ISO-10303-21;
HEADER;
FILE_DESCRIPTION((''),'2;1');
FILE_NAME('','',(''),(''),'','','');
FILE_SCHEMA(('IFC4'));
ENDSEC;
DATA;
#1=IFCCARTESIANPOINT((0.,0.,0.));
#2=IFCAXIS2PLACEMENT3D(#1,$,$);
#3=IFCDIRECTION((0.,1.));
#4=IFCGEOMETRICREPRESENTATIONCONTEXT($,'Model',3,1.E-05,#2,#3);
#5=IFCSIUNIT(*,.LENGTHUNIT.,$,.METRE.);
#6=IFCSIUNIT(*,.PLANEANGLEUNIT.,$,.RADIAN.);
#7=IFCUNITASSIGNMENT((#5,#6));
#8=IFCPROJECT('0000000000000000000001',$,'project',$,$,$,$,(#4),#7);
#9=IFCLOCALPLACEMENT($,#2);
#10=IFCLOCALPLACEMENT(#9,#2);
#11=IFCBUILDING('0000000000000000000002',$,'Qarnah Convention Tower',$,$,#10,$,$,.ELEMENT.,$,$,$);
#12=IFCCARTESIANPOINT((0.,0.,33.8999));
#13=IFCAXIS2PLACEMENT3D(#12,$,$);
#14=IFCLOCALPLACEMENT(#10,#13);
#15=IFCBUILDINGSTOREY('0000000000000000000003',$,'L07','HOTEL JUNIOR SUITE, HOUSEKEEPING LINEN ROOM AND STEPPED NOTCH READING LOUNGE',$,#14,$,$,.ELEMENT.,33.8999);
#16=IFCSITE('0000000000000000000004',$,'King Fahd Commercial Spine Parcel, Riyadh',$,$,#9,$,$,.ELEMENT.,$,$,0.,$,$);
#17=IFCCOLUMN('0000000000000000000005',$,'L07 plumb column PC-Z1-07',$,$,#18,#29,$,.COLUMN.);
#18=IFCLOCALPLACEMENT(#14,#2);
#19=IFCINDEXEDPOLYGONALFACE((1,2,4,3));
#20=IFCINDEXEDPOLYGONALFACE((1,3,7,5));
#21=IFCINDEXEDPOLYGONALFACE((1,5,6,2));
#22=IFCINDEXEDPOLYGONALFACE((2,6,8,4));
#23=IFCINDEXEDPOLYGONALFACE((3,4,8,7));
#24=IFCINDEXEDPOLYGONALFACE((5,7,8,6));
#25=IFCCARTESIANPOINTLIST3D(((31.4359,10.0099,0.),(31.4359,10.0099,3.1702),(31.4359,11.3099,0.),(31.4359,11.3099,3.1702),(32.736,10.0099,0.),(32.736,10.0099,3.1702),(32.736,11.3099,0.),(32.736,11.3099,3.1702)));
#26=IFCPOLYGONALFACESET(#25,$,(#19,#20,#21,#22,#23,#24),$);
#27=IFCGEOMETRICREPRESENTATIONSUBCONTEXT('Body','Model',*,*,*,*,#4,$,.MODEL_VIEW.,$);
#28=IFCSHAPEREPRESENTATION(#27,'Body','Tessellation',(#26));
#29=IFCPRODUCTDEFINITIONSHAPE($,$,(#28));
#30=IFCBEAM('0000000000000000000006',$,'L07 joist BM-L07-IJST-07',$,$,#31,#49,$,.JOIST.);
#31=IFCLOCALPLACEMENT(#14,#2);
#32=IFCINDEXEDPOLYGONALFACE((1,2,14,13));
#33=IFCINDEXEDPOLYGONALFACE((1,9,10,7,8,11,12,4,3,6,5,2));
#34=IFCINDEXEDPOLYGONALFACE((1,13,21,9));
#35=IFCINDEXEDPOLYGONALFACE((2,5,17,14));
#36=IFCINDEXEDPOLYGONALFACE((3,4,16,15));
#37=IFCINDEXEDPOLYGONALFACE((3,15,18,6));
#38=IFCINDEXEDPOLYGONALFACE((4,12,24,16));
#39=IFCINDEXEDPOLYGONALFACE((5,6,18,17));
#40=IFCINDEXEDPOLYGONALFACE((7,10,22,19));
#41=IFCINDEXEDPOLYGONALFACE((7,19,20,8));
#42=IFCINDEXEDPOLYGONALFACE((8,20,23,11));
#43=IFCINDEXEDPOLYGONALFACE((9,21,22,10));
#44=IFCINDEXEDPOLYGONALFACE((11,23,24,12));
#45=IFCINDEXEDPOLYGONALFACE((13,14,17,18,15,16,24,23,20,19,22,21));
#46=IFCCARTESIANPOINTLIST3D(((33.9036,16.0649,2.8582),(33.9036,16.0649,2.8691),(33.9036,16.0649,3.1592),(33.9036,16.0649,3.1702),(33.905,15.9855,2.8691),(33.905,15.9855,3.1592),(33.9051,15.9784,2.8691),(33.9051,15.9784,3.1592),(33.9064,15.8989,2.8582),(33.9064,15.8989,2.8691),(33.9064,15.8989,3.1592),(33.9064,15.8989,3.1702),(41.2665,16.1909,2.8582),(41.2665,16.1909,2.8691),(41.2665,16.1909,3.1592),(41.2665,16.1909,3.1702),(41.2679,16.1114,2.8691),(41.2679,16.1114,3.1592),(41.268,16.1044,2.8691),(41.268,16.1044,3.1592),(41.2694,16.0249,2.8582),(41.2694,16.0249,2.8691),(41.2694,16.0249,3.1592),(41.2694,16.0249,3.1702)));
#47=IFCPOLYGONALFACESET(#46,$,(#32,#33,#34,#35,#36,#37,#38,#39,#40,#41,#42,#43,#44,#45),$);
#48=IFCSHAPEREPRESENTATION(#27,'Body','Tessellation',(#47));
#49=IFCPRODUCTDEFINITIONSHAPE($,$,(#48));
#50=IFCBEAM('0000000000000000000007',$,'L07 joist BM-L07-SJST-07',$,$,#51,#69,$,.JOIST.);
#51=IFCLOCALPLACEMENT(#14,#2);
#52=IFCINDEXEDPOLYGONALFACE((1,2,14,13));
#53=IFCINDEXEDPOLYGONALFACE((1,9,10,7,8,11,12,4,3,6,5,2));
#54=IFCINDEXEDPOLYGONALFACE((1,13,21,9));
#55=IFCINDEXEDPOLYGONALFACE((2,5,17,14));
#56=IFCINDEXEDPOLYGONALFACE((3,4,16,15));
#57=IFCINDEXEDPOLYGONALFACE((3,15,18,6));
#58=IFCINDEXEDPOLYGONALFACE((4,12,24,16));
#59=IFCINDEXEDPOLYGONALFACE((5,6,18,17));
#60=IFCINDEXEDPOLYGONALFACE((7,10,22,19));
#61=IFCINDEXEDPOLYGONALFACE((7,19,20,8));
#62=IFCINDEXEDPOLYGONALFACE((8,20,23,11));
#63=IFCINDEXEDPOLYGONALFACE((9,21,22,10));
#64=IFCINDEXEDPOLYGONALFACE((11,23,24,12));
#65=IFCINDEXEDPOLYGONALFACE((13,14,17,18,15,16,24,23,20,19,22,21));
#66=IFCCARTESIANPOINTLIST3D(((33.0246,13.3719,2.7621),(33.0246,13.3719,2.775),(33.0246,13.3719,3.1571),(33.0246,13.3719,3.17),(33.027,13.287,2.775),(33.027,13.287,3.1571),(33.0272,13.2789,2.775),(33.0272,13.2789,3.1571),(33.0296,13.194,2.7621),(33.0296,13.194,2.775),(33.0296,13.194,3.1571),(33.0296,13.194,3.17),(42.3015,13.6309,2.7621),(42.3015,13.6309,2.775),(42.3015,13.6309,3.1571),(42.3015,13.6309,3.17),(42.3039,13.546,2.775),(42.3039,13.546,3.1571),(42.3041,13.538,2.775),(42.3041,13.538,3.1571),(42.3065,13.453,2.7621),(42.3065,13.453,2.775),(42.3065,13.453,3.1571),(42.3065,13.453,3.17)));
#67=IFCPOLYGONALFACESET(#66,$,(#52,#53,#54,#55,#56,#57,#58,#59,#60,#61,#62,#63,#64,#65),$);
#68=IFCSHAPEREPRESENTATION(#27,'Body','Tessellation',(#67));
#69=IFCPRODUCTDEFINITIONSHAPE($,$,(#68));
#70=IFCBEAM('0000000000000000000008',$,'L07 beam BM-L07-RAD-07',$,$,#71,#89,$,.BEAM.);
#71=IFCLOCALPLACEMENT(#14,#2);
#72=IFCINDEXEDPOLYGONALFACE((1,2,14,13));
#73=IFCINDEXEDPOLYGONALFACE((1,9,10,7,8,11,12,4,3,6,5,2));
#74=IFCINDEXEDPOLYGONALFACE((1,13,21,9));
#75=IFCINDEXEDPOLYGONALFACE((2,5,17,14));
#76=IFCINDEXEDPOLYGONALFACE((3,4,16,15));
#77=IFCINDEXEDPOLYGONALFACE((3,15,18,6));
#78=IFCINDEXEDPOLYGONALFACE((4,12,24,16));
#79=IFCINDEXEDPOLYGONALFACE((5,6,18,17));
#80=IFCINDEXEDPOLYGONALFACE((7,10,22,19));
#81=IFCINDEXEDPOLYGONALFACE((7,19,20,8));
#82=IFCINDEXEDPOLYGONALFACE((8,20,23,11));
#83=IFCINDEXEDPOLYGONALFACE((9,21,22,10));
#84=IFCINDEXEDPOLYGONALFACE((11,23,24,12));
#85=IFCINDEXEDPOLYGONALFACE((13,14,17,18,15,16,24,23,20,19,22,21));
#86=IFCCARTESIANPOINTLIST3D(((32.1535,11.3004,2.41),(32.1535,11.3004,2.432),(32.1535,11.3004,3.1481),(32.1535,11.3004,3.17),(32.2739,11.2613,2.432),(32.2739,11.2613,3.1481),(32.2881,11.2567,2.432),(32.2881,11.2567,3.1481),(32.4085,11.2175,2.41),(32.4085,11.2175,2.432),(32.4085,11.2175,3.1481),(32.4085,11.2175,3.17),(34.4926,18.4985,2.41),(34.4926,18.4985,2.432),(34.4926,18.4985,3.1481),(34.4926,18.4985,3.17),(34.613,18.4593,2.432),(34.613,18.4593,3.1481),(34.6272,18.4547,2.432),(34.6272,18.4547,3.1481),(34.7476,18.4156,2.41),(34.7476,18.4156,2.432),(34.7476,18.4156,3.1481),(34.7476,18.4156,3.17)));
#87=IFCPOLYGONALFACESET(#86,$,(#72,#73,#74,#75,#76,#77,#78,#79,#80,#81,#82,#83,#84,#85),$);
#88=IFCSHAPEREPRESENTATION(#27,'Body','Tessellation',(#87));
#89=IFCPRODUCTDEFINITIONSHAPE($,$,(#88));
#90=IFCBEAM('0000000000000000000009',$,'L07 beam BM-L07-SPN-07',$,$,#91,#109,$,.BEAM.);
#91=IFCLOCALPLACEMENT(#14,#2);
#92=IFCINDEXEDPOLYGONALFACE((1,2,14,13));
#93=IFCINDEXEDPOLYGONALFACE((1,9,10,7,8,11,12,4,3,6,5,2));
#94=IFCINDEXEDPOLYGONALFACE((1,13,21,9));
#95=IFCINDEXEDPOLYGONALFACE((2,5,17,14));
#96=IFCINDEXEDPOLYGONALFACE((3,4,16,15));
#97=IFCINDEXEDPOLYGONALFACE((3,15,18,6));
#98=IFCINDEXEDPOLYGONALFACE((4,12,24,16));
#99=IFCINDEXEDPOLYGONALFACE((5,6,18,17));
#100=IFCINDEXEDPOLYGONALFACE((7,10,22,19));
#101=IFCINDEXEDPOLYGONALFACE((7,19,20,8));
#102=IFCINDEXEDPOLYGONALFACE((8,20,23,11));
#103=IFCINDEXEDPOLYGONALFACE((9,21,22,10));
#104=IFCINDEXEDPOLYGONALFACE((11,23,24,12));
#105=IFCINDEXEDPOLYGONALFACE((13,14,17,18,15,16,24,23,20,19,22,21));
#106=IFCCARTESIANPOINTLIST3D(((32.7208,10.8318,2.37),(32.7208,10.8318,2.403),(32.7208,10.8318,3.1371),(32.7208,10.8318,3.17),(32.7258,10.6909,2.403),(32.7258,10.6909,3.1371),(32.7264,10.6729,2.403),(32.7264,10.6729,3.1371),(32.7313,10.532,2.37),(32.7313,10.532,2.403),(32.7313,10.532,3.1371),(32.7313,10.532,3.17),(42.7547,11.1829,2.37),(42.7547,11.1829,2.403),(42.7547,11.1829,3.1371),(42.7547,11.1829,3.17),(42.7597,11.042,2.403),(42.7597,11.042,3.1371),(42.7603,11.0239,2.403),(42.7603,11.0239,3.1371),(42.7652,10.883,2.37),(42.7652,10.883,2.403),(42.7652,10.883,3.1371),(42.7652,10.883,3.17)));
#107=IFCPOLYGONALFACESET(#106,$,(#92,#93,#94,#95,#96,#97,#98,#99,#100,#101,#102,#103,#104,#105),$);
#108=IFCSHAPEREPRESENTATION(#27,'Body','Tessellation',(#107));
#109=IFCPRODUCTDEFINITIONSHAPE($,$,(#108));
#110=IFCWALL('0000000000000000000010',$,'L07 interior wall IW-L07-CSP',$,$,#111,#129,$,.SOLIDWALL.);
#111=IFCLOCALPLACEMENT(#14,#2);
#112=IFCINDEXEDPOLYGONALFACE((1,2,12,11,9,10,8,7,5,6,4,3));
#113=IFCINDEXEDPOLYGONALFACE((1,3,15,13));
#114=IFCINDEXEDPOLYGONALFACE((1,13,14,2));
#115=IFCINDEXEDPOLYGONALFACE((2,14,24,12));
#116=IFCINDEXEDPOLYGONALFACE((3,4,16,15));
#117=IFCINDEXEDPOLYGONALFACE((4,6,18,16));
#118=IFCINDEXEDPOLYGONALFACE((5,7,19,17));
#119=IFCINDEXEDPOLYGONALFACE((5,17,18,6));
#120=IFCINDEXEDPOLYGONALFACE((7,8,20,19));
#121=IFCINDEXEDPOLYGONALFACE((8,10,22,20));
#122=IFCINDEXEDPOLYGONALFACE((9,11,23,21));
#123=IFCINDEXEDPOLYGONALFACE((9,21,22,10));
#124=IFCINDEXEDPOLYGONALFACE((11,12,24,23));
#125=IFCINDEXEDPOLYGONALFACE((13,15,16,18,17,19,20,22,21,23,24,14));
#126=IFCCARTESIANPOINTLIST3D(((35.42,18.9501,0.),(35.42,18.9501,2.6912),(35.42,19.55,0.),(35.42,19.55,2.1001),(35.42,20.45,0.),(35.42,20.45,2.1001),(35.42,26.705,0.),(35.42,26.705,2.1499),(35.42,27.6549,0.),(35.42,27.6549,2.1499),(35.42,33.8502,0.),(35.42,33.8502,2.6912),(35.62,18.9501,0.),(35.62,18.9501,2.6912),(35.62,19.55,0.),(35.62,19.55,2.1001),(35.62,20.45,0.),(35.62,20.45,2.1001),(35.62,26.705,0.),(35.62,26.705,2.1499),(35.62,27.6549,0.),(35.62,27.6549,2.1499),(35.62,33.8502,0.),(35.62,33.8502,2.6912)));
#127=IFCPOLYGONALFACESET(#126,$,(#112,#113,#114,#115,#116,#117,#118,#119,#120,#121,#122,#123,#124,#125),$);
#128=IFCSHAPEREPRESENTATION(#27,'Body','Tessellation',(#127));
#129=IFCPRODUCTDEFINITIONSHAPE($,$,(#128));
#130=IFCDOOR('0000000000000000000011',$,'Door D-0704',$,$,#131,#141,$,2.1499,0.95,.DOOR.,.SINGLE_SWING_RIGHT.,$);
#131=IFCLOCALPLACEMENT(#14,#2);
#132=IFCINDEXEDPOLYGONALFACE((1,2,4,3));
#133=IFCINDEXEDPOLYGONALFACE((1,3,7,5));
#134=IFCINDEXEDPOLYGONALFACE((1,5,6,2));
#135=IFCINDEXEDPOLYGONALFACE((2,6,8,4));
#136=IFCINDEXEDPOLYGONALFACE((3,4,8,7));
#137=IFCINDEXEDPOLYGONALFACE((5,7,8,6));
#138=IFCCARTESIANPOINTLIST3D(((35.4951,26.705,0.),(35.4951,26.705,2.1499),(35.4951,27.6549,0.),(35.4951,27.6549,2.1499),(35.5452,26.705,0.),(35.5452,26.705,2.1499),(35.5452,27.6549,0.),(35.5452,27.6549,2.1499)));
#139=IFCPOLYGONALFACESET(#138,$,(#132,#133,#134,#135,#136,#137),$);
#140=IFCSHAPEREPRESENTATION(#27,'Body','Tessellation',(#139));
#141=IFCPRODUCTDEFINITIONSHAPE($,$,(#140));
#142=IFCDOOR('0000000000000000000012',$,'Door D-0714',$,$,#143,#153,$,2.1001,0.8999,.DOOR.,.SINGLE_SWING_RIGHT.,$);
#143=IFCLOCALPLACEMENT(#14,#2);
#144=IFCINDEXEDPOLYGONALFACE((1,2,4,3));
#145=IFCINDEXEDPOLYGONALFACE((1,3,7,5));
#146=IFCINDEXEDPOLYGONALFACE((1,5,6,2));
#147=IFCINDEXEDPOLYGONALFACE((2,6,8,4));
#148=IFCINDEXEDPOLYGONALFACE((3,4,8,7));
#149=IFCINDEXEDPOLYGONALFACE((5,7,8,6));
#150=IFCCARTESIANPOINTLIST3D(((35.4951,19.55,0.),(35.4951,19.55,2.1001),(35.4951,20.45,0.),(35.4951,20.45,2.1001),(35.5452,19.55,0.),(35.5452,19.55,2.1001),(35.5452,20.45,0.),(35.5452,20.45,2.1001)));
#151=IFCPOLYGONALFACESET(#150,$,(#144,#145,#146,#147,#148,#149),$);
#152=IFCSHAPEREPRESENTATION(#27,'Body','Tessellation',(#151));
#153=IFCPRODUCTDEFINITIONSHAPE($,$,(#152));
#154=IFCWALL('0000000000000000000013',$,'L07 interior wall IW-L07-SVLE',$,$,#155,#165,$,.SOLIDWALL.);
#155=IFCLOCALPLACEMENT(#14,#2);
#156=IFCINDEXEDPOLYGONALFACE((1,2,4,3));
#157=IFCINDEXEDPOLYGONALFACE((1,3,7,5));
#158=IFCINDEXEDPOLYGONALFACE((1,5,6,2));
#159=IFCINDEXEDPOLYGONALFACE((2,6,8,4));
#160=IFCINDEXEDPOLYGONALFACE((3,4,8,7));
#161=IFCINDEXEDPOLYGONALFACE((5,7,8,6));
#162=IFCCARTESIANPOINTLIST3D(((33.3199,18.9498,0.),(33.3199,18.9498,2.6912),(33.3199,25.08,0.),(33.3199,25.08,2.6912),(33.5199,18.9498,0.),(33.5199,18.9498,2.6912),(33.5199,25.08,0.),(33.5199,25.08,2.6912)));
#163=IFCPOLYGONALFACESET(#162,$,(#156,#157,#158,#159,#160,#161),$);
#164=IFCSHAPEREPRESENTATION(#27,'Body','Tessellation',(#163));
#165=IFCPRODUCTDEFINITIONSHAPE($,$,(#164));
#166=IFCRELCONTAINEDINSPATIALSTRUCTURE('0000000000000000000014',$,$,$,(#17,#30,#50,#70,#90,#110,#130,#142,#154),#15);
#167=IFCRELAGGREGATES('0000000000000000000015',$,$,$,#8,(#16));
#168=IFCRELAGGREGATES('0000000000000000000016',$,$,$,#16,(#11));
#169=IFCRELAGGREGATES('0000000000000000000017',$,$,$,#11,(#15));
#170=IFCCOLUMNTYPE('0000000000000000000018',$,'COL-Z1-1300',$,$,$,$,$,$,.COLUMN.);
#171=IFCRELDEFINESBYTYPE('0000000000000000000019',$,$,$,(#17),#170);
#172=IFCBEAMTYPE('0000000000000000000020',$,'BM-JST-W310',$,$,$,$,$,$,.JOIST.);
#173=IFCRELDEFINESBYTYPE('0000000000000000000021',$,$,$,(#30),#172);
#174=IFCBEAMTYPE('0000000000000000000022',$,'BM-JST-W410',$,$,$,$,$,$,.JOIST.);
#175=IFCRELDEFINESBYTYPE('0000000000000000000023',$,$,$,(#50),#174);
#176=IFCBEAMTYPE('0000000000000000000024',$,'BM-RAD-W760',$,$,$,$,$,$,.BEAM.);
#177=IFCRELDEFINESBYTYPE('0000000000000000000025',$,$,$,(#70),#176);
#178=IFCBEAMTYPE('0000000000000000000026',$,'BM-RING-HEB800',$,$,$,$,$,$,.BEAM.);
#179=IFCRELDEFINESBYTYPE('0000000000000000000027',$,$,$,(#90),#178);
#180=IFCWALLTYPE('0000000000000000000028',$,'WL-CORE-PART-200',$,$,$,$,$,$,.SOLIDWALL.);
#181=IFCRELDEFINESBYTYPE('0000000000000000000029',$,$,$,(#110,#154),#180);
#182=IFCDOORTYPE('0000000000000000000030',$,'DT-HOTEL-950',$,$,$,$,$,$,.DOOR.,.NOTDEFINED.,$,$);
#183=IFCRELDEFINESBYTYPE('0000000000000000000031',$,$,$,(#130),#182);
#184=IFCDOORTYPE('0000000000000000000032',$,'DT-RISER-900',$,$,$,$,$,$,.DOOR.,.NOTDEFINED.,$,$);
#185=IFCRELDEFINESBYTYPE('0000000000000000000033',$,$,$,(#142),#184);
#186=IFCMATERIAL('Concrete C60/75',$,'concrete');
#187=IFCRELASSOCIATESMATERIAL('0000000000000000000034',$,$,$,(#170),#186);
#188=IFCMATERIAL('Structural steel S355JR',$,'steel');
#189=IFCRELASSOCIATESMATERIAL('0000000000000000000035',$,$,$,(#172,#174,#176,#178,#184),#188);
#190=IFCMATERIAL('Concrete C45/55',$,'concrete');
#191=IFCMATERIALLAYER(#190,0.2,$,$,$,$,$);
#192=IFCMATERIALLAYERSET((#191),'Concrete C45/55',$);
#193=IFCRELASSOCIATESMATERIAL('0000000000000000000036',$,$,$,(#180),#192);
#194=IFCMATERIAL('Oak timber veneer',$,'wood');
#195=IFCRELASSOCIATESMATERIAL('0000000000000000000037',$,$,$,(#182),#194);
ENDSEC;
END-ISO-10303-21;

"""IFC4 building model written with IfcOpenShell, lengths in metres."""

from ifc_helpers import new_model, si_unit, direction, frame, frame_2d, origin, origin_2d, place, context, subcontext, project, spatial, rectangle, i_section, extrude, material, layer, layer_set, material_profile, profile_set, type_object, element, fill, save


model = new_model("IFC4")

# Units and contexts
model_context = context("Model", 3, precision=1e-05, world=origin(), true_north=direction((0.0, 1.0)))
body_context = subcontext(model_context, "Body", "Model", "MODEL_VIEW")
ifc_project = project(units=[si_unit("LENGTHUNIT", "METRE"), si_unit("PLANEANGLEUNIT", "RADIAN")], contexts=[model_context])

# Site, building, storey
site_placement = place(None, origin())
site = spatial("IfcSite", under=ifc_project, at=site_placement, Name="King Fahd Commercial Spine Parcel, Riyadh", CompositionType="ELEMENT", RefElevation=0.0)
building_placement = place(site_placement, origin())
building = spatial("IfcBuilding", under=site, at=building_placement, Name="Qarnah Convention Tower", CompositionType="ELEMENT")
storey_placement = place(building_placement, frame((0.0, 0.0, 33.8999)))
storey = spatial("IfcBuildingStorey", under=building, at=storey_placement, Name="L07", Description="HOTEL JUNIOR SUITE, HOUSEKEEPING LINEN ROOM AND STEPPED NOTCH READING LOUNGE", CompositionType="ELEMENT", Elevation=33.8999)

# Column
ifc_material_1 = material(Name="Concrete C60/75", Category="concrete")
ifc_material_profile_1 = material_profile(ifc_material_1, rectangle(XDim=1.3, YDim=1.3, at=origin_2d()), Name="RC-COL-1300X1300")
ifc_profile_set_1 = profile_set([ifc_material_profile_1], Name="Concrete C60/75")
column_type = type_object("IfcColumnType", Name="COL-Z1-1300", PredefinedType="COLUMN", material=ifc_profile_set_1)
column_placement = place(storey_placement, frame((32.0859, 10.6599, 0.0), z_axis=(0.0, 0.0, 1.0), x_axis=(1.0, 0.0, 0.0)))
element("IfcColumn", 1, at=column_placement, inside=storey, type_object=column_type, Name="L07 plumb column PC-Z1-07", PredefinedType="COLUMN", context=body_context, shape_type="SweptSolid", body=[
    extrude(rectangle(XDim=1.3, YDim=1.3, at=origin_2d()), origin(), (0.0, 0.0, 1.0), 3.1702),
])

# Beams
ifc_material_2 = material(Name="Structural steel S355JR", Category="steel")
ifc_material_profile_2 = material_profile(ifc_material_2, i_section(OverallWidth=0.166, OverallDepth=0.312, WebThickness=0.0071, FlangeThickness=0.011, at=origin_2d()), Name="W310X45")
ifc_profile_set_2 = profile_set([ifc_material_profile_2], Name="Structural steel S355JR")
beam_type_1 = type_object("IfcBeamType", Name="BM-JST-W310", PredefinedType="JOIST", material=ifc_profile_set_2)
beam_1_placement = place(storey_placement, frame((33.905, 15.9819, 3.0142), z_axis=(0.999854, 0.017107, 0.0), x_axis=(-0.017107, 0.999854, 0.0)))
element("IfcBeam", 2, at=beam_1_placement, inside=storey, type_object=beam_type_1, Name="L07 joist BM-L07-IJST-07", PredefinedType="JOIST", context=body_context, shape_type="SweptSolid", body=[
    extrude(i_section(OverallWidth=0.166, OverallDepth=0.312, WebThickness=0.0071, FlangeThickness=0.011, at=origin_2d()), origin(), (0.0, 0.0, 1.0), 7.364),
])
ifc_material_profile_3 = material_profile(ifc_material_2, i_section(OverallWidth=0.178, OverallDepth=0.408, WebThickness=0.0081, FlangeThickness=0.0129, at=origin_2d()), Name="W410X60")
ifc_profile_set_3 = profile_set([ifc_material_profile_3], Name="Structural steel S355JR")
beam_type_2 = type_object("IfcBeamType", Name="BM-JST-W410", PredefinedType="JOIST", material=ifc_profile_set_3)
beam_2_placement = place(storey_placement, frame((33.0271, 13.283, 2.9661), z_axis=(0.99961, 0.027912, 0.0), x_axis=(-0.027912, 0.99961, 0.0)))
element("IfcBeam", 3, at=beam_2_placement, inside=storey, type_object=beam_type_2, Name="L07 joist BM-L07-SJST-07", PredefinedType="JOIST", context=body_context, shape_type="SweptSolid", body=[
    extrude(i_section(OverallWidth=0.178, OverallDepth=0.408, WebThickness=0.0081, FlangeThickness=0.0129, at=origin_2d()), origin(), (0.0, 0.0, 1.0), 9.2805),
])
ifc_material_profile_4 = material_profile(ifc_material_2, i_section(OverallWidth=0.2681, OverallDepth=0.76, WebThickness=0.0149, FlangeThickness=0.022, at=origin_2d()), Name="W760X185")
ifc_profile_set_4 = profile_set([ifc_material_profile_4], Name="Structural steel S355JR")
beam_type_3 = type_object("IfcBeamType", Name="BM-RAD-W760", PredefinedType="BEAM", material=ifc_profile_set_4)
beam_3_placement = place(storey_placement, frame((34.6201, 18.457, 2.79), z_axis=(-0.309058, -0.951043, 0.0), x_axis=(0.951043, -0.309058, 0.0)))
element("IfcBeam", 4, at=beam_3_placement, inside=storey, type_object=beam_type_3, Name="L07 beam BM-L07-RAD-07", PredefinedType="BEAM", context=body_context, shape_type="SweptSolid", body=[
    extrude(i_section(OverallWidth=0.2681, OverallDepth=0.76, WebThickness=0.0149, FlangeThickness=0.022, at=origin_2d()), origin(), (0.0, 0.0, 1.0), 7.5686),
])
ifc_material_profile_5 = material_profile(ifc_material_2, i_section(OverallWidth=0.3, OverallDepth=0.8, WebThickness=0.0181, FlangeThickness=0.033, at=origin_2d()), Name="HEB800")
ifc_profile_set_5 = profile_set([ifc_material_profile_5], Name="Structural steel S355JR")
beam_type_4 = type_object("IfcBeamType", Name="BM-RING-HEB800", PredefinedType="BEAM", material=ifc_profile_set_5)
beam_4_placement = place(storey_placement, frame((32.7261, 10.6819, 2.77), z_axis=(0.999388, 0.034967, 0.0), x_axis=(-0.034967, 0.999388, 0.0)))
element("IfcBeam", 5, at=beam_4_placement, inside=storey, type_object=beam_type_4, Name="L07 beam BM-L07-SPN-07", PredefinedType="BEAM", context=body_context, shape_type="SweptSolid", body=[
    extrude(i_section(OverallWidth=0.3, OverallDepth=0.8, WebThickness=0.0181, FlangeThickness=0.033, at=origin_2d()), origin(), (0.0, 0.0, 1.0), 10.04),
])

# Wall, openings, doors
door_type_1 = type_object("IfcDoorType", Name="DT-RISER-900", OperationType="NOTDEFINED", PredefinedType="DOOR", material=ifc_material_2)
ifc_material_3 = material(Name="Concrete C45/55", Category="concrete")
ifc_layer_1 = layer(ifc_material_3, 0.2)
ifc_layer_set_1 = layer_set([ifc_layer_1], Name="Concrete C45/55")
wall_type_1 = type_object("IfcWallType", Name="WL-CORE-PART-200", PredefinedType="SOLIDWALL", material=ifc_layer_set_1)
wall_1_placement = place(storey_placement, frame((35.52, 18.95, 0.0), z_axis=(0.0, 0.0, 1.0), x_axis=(0.0, 1.0, 0.0)))
wall_1 = element("IfcWall", 6, at=wall_1_placement, inside=storey, type_object=wall_type_1, Name="L07 interior wall IW-L07-CSP", PredefinedType="SOLIDWALL", context=body_context, shape_type="SweptSolid", body=[
    extrude(rectangle(XDim=14.9001, YDim=0.2, at=frame_2d((7.4502, 0.0))), origin(), (0.0, 0.0, 1.0), 2.6912),
])
opening_1_placement = place(wall_1_placement, frame((7.7549, 0.0, 0.0)))
opening_1 = element("IfcOpeningElement", 7, at=opening_1_placement, cuts=wall_1, PredefinedType="OPENING", context=body_context, shape_type="SweptSolid", body=[
    extrude(rectangle(XDim=0.95, YDim=2.1499, at=frame_2d((0.4751, 1.075))), frame((0.0, 0.1099, 0.0), z_axis=(0.0, -1.0, 0.0), x_axis=(1.0, 0.0, 0.0)), (0.0, 0.0, 1.0), 0.22),
])
opening_2_placement = place(wall_1_placement, frame((0.6001, 0.0, 0.0)))
opening_2 = element("IfcOpeningElement", 8, at=opening_2_placement, cuts=wall_1, PredefinedType="OPENING", context=body_context, shape_type="SweptSolid", body=[
    extrude(rectangle(XDim=0.8999, YDim=2.1001, at=frame_2d((0.45, 1.05))), frame((0.0, 0.1099, 0.0), z_axis=(0.0, -1.0, 0.0), x_axis=(1.0, 0.0, 0.0)), (0.0, 0.0, 1.0), 0.22),
])
ifc_material_4 = material(Name="Oak timber veneer", Category="wood")
door_type_2 = type_object("IfcDoorType", Name="DT-HOTEL-950", OperationType="NOTDEFINED", PredefinedType="DOOR", material=ifc_material_4)
door_1_placement = place(opening_1_placement, origin())
door_1 = element("IfcDoor", 9, at=door_1_placement, inside=storey, type_object=door_type_2, Name="Door D-0704", OperationType="SINGLE_SWING_RIGHT", OverallHeight=2.1499, OverallWidth=0.95, PredefinedType="DOOR", context=body_context, shape_type="SweptSolid", body=[
    extrude(rectangle(XDim=0.95, YDim=2.1499, at=frame_2d((0.4751, 1.075))), frame((0.0, 0.0249, 0.0), z_axis=(0.0, -1.0, 0.0), x_axis=(1.0, 0.0, 0.0)), (0.0, 0.0, 1.0), 0.05),
])
fill(opening_1, door_1)
door_2_placement = place(opening_2_placement, origin())
door_2 = element("IfcDoor", 10, at=door_2_placement, inside=storey, type_object=door_type_1, Name="Door D-0714", OperationType="SINGLE_SWING_RIGHT", OverallHeight=2.1001, OverallWidth=0.8999, PredefinedType="DOOR", context=body_context, shape_type="SweptSolid", body=[
    extrude(rectangle(XDim=0.8999, YDim=2.1001, at=frame_2d((0.45, 1.05))), frame((0.0, 0.0249, 0.0), z_axis=(0.0, -1.0, 0.0), x_axis=(1.0, 0.0, 0.0)), (0.0, 0.0, 1.0), 0.05),
])
fill(opening_2, door_2)

# Wall
wall_2_placement = place(storey_placement, frame((33.4199, 18.95, 0.0), z_axis=(0.0, 0.0, 1.0), x_axis=(0.0, 1.0, 0.0)))
element("IfcWall", 11, at=wall_2_placement, inside=storey, type_object=wall_type_1, Name="L07 interior wall IW-L07-SVLE", PredefinedType="SOLIDWALL", context=body_context, shape_type="SweptSolid", body=[
    extrude(rectangle(XDim=6.1301, YDim=0.2, at=frame_2d((3.0649, 0.0))), origin(), (0.0, 0.0, 1.0), 2.6912),
])

save(model, "model.ifc")
